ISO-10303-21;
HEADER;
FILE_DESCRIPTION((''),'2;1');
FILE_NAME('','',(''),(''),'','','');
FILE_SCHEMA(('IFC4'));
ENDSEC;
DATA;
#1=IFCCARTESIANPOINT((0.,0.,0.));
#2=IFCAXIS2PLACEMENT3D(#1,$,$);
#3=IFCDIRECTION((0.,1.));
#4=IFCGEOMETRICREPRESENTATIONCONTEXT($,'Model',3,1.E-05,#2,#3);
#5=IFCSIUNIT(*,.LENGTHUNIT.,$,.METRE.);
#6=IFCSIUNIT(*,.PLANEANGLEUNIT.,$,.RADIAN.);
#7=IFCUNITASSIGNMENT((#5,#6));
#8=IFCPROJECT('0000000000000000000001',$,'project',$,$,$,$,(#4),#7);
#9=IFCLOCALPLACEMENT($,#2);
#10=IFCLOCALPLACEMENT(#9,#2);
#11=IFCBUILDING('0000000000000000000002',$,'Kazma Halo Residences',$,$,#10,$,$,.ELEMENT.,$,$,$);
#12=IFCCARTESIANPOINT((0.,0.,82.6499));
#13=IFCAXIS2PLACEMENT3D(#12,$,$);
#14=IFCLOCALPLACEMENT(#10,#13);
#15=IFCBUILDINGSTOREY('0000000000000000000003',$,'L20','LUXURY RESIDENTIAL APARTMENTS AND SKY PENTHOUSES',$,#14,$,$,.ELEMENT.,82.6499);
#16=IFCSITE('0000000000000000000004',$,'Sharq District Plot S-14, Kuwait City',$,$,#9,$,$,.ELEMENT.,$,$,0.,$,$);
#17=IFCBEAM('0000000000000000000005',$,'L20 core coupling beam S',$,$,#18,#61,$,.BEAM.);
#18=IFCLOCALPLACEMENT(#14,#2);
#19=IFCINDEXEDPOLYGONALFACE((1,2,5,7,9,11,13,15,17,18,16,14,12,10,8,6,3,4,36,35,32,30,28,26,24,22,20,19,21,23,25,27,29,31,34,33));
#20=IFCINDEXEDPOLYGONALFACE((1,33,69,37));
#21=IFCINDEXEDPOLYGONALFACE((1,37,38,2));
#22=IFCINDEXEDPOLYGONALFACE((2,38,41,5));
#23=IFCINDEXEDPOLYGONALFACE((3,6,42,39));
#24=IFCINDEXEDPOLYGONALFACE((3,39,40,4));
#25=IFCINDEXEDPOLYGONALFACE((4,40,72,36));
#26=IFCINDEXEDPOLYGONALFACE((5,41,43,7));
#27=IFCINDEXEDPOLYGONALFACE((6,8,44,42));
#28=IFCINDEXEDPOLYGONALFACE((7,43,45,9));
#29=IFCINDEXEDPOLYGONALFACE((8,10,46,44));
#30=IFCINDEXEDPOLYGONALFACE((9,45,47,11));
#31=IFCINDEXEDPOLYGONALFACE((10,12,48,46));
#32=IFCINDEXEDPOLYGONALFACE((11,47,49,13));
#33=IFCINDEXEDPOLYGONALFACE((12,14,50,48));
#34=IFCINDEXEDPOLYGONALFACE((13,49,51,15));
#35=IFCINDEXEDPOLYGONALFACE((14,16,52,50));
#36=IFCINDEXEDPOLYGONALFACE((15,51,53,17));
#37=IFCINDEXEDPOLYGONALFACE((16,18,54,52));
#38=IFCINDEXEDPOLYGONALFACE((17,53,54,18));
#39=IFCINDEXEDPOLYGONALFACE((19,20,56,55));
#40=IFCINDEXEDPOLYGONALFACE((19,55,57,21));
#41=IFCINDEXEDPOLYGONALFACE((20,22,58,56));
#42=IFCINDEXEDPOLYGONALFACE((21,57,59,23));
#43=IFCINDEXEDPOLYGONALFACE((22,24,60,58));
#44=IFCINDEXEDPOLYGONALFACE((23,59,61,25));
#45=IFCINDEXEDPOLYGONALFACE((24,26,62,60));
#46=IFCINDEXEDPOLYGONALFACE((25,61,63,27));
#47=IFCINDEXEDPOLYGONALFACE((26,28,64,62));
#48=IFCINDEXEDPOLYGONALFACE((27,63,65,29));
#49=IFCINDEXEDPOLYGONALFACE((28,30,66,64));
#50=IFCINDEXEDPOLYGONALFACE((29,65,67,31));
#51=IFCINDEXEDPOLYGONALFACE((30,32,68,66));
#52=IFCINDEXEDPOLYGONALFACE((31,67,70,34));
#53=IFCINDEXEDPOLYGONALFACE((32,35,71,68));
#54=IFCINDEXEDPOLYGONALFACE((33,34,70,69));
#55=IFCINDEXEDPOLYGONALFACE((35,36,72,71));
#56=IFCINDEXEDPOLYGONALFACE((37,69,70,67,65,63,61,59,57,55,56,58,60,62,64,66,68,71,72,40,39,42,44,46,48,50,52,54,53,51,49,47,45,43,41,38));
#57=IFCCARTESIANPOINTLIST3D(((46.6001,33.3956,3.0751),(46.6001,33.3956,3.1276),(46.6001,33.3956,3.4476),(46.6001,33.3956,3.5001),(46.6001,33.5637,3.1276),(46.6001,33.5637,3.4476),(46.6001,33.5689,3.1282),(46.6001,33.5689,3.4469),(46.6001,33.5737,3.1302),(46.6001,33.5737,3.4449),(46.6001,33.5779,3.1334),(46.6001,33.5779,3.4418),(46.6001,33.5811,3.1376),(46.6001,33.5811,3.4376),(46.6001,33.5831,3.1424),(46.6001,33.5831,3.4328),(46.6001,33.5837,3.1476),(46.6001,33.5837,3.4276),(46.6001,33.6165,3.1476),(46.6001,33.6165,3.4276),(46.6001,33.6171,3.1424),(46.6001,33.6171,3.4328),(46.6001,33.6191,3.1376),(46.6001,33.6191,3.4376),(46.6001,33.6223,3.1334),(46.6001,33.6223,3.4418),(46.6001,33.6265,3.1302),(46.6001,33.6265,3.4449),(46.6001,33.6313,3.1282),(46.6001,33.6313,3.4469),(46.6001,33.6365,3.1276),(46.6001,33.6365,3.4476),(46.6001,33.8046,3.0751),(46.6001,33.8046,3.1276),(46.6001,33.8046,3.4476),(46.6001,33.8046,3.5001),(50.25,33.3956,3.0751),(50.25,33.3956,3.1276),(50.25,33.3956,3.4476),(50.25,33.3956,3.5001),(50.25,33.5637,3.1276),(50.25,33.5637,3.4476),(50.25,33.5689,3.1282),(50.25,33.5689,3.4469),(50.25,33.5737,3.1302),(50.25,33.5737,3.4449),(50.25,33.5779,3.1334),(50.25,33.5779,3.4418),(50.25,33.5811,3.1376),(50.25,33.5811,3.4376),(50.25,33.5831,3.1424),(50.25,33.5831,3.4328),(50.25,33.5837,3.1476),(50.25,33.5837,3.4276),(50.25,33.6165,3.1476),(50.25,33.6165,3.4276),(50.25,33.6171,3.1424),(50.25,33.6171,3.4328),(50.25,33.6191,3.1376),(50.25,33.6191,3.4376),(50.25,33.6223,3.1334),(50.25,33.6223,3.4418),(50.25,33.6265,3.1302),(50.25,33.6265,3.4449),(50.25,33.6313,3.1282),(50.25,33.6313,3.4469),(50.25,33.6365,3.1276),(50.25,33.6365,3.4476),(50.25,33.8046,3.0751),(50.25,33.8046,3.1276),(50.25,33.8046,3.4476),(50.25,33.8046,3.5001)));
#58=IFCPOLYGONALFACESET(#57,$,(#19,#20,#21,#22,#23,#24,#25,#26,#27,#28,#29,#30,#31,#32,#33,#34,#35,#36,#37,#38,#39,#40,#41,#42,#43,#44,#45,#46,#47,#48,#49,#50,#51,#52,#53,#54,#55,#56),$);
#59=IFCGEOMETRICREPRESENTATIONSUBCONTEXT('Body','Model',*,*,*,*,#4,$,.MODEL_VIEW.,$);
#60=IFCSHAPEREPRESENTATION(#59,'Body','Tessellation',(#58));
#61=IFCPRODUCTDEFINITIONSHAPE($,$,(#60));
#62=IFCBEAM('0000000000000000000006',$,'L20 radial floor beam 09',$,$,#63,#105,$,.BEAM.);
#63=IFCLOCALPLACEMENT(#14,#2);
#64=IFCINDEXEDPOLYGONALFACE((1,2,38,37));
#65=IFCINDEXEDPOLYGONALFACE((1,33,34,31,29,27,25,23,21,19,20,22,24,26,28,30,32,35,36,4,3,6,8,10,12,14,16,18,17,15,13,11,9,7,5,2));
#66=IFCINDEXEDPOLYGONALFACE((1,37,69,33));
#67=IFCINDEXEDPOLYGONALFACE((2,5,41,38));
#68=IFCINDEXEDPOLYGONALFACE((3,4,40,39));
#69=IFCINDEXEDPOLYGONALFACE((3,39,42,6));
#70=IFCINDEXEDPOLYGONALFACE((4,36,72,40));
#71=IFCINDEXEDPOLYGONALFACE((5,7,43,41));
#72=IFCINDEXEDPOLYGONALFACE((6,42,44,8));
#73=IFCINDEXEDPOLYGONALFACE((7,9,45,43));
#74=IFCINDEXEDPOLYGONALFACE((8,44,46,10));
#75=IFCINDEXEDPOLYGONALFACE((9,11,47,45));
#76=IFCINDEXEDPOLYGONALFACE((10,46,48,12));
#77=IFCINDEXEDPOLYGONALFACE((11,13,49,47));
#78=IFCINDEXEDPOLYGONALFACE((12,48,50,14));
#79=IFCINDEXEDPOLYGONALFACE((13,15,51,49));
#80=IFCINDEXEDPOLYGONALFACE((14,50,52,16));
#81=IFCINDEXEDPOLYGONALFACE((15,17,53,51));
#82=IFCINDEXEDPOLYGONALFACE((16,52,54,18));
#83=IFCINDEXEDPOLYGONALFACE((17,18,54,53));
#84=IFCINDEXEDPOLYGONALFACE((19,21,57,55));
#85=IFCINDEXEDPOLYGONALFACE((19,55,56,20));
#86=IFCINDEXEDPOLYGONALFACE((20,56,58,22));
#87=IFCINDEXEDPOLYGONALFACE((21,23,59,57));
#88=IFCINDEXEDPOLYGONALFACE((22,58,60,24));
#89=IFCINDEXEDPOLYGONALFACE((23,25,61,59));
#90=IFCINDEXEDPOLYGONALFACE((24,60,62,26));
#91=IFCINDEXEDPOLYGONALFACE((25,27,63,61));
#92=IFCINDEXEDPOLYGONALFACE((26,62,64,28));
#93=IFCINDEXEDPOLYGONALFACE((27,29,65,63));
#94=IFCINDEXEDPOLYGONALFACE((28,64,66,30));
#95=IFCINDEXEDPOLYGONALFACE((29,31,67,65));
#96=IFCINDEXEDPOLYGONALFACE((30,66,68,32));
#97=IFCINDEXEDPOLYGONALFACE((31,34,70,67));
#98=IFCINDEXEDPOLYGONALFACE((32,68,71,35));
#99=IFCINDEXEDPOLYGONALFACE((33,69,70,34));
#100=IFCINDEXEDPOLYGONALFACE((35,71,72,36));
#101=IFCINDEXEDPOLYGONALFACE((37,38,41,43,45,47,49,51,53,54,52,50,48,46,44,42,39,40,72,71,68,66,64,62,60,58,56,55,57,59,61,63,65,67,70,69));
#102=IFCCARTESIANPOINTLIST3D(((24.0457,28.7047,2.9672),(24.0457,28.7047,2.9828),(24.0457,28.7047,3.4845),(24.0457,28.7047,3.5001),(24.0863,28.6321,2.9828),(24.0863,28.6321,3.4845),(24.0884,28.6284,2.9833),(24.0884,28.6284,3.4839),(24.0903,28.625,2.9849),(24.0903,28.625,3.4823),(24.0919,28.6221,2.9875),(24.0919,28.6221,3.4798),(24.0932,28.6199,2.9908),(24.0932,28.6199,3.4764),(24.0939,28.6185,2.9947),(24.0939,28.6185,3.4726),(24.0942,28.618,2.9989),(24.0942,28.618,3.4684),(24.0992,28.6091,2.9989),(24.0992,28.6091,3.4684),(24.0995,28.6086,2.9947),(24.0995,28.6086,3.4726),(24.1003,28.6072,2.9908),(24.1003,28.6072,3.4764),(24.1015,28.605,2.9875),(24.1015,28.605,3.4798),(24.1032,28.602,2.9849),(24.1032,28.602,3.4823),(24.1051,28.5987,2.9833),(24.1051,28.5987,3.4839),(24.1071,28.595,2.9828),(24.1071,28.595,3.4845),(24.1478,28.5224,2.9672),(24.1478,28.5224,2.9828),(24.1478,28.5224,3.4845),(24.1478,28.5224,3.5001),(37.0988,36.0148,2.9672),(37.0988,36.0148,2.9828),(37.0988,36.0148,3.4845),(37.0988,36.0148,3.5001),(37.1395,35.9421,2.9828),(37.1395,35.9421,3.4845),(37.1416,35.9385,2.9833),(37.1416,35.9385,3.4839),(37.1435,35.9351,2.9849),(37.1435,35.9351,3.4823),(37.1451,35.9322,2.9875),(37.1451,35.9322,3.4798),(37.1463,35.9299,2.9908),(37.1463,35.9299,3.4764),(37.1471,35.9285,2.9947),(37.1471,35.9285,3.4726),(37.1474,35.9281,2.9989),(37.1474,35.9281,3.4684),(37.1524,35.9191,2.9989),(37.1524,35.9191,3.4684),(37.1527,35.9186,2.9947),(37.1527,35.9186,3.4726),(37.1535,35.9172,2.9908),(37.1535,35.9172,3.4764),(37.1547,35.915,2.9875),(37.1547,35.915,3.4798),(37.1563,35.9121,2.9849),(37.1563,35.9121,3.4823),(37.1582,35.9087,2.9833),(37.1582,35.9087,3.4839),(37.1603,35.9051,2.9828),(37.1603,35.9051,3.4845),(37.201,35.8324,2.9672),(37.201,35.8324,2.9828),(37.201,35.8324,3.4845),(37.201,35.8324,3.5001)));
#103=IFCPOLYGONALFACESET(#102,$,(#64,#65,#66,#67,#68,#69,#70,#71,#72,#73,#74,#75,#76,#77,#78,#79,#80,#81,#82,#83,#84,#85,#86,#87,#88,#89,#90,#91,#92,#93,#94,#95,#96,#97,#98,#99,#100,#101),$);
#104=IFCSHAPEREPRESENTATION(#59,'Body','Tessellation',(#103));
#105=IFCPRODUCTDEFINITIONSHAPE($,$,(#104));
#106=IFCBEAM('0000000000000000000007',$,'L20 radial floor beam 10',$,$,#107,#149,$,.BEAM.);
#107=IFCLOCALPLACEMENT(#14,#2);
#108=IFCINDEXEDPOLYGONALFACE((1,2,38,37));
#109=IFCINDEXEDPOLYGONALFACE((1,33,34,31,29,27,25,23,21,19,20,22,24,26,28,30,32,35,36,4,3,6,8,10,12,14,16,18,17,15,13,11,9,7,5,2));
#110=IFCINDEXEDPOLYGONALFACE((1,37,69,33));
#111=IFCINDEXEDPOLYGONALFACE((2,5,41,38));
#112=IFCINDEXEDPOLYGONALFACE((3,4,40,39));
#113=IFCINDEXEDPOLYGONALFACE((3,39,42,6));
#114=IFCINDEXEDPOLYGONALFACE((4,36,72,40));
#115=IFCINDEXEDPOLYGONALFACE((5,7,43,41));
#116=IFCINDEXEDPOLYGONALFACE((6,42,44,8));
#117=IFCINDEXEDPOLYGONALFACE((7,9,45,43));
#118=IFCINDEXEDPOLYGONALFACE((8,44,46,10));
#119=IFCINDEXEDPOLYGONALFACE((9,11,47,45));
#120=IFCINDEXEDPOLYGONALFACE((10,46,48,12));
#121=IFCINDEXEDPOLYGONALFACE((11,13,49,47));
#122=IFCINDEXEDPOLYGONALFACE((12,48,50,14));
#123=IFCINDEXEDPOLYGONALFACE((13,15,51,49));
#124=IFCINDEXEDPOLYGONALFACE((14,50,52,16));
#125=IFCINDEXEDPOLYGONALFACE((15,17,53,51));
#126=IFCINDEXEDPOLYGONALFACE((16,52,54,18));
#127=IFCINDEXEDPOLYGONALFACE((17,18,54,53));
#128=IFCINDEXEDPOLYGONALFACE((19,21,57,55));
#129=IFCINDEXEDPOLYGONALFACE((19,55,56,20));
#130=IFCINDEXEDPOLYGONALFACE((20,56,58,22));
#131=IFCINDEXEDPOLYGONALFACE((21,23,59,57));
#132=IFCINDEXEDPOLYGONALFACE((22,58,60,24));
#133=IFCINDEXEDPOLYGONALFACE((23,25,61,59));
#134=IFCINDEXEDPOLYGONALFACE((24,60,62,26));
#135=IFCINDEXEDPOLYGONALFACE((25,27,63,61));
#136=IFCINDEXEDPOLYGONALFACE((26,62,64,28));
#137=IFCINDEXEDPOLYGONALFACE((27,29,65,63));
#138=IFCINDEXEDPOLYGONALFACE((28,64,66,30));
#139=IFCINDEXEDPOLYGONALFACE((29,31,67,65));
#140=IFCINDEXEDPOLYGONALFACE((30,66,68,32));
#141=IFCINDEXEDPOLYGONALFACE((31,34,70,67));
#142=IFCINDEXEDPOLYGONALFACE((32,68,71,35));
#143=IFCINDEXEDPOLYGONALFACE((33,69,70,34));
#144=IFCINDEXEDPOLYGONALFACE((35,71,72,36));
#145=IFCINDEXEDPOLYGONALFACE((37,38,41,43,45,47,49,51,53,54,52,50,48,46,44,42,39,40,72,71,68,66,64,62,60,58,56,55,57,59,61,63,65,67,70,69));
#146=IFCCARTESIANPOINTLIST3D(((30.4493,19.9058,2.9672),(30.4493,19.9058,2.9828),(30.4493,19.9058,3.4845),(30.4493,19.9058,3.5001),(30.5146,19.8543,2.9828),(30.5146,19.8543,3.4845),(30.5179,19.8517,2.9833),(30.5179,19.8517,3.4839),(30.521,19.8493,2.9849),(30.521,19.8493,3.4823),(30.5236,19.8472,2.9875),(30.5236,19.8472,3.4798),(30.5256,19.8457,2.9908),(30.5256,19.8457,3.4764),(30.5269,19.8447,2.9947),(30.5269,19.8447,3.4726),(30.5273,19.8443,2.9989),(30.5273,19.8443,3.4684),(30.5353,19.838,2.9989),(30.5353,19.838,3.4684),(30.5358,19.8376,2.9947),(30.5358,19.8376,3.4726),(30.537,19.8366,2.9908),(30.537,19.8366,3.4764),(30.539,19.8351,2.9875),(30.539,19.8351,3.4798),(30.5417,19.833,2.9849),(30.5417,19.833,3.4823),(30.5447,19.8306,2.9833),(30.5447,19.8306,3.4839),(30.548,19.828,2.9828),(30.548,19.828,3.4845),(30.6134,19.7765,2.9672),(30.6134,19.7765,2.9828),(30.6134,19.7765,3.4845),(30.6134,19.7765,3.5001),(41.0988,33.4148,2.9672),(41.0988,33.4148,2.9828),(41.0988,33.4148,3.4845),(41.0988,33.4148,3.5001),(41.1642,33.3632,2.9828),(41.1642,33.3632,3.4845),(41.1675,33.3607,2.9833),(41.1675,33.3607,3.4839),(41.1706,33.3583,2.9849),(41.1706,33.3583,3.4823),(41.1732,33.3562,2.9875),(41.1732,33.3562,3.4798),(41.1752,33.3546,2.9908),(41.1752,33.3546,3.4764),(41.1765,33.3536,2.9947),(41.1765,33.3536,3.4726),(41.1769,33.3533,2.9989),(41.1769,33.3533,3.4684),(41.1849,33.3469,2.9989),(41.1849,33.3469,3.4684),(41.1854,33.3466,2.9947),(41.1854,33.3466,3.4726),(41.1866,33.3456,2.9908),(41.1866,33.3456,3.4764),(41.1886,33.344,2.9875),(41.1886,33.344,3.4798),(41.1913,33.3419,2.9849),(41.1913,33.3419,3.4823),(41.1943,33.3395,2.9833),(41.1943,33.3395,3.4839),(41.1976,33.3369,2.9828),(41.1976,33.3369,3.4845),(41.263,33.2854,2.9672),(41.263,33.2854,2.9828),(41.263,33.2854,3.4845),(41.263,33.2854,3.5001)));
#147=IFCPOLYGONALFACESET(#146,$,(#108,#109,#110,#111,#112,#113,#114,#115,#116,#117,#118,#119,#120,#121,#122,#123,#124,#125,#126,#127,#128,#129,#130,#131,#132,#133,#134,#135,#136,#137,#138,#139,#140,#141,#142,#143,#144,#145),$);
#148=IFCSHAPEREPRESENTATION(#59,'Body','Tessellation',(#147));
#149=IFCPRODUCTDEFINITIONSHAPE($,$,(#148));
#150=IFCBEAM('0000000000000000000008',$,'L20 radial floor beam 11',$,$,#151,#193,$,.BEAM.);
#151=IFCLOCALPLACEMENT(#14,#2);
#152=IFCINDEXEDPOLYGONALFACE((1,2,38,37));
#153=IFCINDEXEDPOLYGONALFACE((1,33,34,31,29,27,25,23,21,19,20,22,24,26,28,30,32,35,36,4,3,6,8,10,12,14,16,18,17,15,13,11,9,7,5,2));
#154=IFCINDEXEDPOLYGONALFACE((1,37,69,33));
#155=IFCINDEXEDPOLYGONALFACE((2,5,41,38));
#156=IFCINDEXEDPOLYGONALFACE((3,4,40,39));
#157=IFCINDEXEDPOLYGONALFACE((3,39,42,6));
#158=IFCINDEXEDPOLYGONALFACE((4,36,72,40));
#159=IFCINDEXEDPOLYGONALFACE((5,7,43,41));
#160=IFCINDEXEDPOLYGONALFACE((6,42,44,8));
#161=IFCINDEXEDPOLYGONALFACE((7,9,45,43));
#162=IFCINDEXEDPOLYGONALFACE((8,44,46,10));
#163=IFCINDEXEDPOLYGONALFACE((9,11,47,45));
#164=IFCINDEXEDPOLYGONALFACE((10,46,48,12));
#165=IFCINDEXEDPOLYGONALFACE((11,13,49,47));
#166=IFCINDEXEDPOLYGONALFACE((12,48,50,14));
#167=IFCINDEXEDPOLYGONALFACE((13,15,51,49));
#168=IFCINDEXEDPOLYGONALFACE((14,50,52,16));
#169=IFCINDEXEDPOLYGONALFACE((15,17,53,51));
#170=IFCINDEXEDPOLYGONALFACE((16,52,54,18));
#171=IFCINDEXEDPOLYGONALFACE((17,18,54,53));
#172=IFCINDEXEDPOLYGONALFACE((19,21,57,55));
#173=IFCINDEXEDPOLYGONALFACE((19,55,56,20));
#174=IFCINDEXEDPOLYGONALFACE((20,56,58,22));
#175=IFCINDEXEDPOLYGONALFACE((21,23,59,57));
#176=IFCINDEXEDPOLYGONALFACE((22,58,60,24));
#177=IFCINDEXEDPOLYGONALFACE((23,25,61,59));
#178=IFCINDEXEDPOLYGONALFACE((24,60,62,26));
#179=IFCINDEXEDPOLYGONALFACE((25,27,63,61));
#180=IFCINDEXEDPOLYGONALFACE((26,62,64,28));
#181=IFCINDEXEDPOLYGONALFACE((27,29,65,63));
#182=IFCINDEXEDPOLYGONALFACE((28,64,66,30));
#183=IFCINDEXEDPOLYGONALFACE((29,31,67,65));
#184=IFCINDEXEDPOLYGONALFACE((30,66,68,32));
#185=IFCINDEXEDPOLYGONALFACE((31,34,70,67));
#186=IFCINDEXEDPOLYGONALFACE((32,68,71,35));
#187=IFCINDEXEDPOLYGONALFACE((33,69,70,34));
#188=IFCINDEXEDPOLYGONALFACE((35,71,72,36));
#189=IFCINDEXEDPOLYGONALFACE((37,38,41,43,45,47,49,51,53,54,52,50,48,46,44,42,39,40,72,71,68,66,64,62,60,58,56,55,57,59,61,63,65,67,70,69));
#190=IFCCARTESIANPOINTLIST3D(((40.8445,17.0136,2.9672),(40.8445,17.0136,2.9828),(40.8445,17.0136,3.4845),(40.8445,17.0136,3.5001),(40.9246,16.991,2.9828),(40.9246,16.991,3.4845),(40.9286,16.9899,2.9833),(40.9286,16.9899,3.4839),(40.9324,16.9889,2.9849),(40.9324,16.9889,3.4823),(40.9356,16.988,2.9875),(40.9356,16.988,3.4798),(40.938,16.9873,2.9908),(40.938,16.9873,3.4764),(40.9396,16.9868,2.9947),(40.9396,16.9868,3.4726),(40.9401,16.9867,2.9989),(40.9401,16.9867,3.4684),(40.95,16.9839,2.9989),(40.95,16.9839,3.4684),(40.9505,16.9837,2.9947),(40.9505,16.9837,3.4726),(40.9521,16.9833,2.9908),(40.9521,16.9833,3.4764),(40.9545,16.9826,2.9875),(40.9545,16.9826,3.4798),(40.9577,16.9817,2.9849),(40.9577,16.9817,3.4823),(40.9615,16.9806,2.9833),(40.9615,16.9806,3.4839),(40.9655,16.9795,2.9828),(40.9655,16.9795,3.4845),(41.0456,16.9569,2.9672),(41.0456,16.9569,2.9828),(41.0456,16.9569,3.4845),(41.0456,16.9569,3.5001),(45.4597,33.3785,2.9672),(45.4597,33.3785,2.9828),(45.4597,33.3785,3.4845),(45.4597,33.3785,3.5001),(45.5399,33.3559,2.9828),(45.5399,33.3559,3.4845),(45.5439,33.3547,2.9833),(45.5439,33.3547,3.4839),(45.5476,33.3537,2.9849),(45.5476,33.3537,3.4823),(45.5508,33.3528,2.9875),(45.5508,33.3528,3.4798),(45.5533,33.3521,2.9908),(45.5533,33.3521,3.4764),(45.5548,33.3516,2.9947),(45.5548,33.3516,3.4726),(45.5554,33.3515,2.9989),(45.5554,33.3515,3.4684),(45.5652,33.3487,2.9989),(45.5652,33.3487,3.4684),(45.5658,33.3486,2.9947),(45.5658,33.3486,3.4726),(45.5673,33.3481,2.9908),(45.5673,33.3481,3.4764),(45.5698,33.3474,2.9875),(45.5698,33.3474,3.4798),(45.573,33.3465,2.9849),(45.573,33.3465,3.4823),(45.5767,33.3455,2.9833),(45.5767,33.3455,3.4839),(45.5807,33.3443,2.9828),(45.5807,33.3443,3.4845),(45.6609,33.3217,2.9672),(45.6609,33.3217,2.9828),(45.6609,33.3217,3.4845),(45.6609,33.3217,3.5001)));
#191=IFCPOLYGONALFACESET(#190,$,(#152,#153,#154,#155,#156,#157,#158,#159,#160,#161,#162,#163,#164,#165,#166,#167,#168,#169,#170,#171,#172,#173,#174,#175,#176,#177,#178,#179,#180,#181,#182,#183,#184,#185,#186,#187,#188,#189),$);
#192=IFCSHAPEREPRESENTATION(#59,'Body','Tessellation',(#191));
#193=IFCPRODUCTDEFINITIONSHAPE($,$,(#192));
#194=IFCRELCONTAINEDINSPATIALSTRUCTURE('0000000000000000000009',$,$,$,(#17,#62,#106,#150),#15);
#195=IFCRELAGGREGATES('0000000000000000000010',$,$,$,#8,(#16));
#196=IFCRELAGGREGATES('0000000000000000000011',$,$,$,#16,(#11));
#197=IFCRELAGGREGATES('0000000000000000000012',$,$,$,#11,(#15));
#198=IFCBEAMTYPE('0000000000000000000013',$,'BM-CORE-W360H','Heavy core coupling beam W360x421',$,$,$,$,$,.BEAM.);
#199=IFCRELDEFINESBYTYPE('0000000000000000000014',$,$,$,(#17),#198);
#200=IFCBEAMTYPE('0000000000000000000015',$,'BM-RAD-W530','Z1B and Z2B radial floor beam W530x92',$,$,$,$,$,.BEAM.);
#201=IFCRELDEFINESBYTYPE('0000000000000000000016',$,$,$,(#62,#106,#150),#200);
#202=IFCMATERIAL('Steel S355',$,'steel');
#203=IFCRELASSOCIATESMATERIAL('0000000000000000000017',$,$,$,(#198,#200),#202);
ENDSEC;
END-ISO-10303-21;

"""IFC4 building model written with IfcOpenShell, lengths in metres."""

from ifc_helpers import new_model, si_unit, direction, frame, origin, origin_2d, place, context, subcontext, project, spatial, i_section, extrude, material, material_profile, profile_set, type_object, element, save


model = new_model("IFC4")

# Units and contexts
model_context = context("Model", 3, precision=1e-05, world=origin(), true_north=direction((0.0, 1.0)))
body_context = subcontext(model_context, "Body", "Model", "MODEL_VIEW")
ifc_project = project(units=[si_unit("LENGTHUNIT", "METRE"), si_unit("PLANEANGLEUNIT", "RADIAN")], contexts=[model_context])

# Site, building, storey
site_placement = place(None, origin())
site = spatial("IfcSite", under=ifc_project, at=site_placement, Name="Sharq District Plot S-14, Kuwait City", CompositionType="ELEMENT", RefElevation=0.0)
building_placement = place(site_placement, origin())
building = spatial("IfcBuilding", under=site, at=building_placement, Name="Kazma Halo Residences", CompositionType="ELEMENT")
storey_placement = place(building_placement, frame((0.0, 0.0, 82.6499)))
storey = spatial("IfcBuildingStorey", under=building, at=storey_placement, Name="L20", Description="LUXURY RESIDENTIAL APARTMENTS AND SKY PENTHOUSES", CompositionType="ELEMENT", Elevation=82.6499)

# Beams
ifc_material_1 = material(Name="Steel S355", Category="steel")
ifc_material_profile_1 = material_profile(ifc_material_1, i_section(OverallWidth=0.4089, OverallDepth=0.425, WebThickness=0.0327, FlangeThickness=0.0525, FilletRadius=0.02, at=origin_2d()), Name="W360x421")
ifc_profile_set_1 = profile_set([ifc_material_profile_1], Name="Steel S355")
beam_type_1 = type_object("IfcBeamType", Name="BM-CORE-W360H", Description="Heavy core coupling beam W360x421", PredefinedType="BEAM", material=ifc_profile_set_1)
beam_1_placement = place(storey_placement, frame((46.6001, 33.6001, 3.2876), z_axis=(1.0, 0.0, 0.0), x_axis=(0.0, 1.0, 0.0)))
element("IfcBeam", 1, at=beam_1_placement, inside=storey, type_object=beam_type_1, Name="L20 core coupling beam S", PredefinedType="BEAM", context=body_context, shape_type="SweptSolid", body=[
    extrude(i_section(OverallWidth=0.4089, OverallDepth=0.425, WebThickness=0.0327, FlangeThickness=0.0525, FilletRadius=0.02, at=origin_2d()), origin(), (0.0, 0.0, 1.0), 3.6499),
])
ifc_material_profile_2 = material_profile(ifc_material_1, i_section(OverallWidth=0.209, OverallDepth=0.533, WebThickness=0.0103, FlangeThickness=0.0156, FilletRadius=0.0161, at=origin_2d()), Name="W530x92")
ifc_profile_set_2 = profile_set([ifc_material_profile_2], Name="Steel S355")
beam_type_2 = type_object("IfcBeamType", Name="BM-RAD-W530", Description="Z1B and Z2B radial floor beam W530x92", PredefinedType="BEAM", material=ifc_profile_set_2)
beam_2_placement = place(storey_placement, frame((37.1499, 35.9236, 3.2336), z_axis=(-0.872499, -0.488616, 0.0), x_axis=(0.488616, -0.872499, 0.0)))
element("IfcBeam", 2, at=beam_2_placement, inside=storey, type_object=beam_type_2, Name="L20 radial floor beam 09", PredefinedType="BEAM", context=body_context, shape_type="SweptSolid", body=[
    extrude(i_section(OverallWidth=0.209, OverallDepth=0.533, WebThickness=0.0103, FlangeThickness=0.0156, FilletRadius=0.0161, at=origin_2d()), origin(), (0.0, 0.0, 1.0), 14.9607),
])
beam_3_placement = place(storey_placement, frame((41.1809, 33.3501, 3.2336), z_axis=(-0.619094, -0.785317, 0.0), x_axis=(0.785317, -0.619094, 0.0)))
element("IfcBeam", 3, at=beam_3_placement, inside=storey, type_object=beam_type_2, Name="L20 radial floor beam 10", PredefinedType="BEAM", context=body_context, shape_type="SweptSolid", body=[
    extrude(i_section(OverallWidth=0.209, OverallDepth=0.533, WebThickness=0.0103, FlangeThickness=0.0156, FilletRadius=0.0161, at=origin_2d()), origin(), (0.0, 0.0, 1.0), 17.2019),
])
beam_4_placement = place(storey_placement, frame((45.5603, 33.3501, 3.2336), z_axis=(-0.271435, -0.962457, 0.0), x_axis=(0.962457, -0.271435, 0.0)))
element("IfcBeam", 4, at=beam_4_placement, inside=storey, type_object=beam_type_2, Name="L20 radial floor beam 11", PredefinedType="BEAM", context=body_context, shape_type="SweptSolid", body=[
    extrude(i_section(OverallWidth=0.209, OverallDepth=0.533, WebThickness=0.0103, FlangeThickness=0.0156, FilletRadius=0.0161, at=origin_2d()), origin(), (0.0, 0.0, 1.0), 17.0032),
])

save(model, "model.ifc")
